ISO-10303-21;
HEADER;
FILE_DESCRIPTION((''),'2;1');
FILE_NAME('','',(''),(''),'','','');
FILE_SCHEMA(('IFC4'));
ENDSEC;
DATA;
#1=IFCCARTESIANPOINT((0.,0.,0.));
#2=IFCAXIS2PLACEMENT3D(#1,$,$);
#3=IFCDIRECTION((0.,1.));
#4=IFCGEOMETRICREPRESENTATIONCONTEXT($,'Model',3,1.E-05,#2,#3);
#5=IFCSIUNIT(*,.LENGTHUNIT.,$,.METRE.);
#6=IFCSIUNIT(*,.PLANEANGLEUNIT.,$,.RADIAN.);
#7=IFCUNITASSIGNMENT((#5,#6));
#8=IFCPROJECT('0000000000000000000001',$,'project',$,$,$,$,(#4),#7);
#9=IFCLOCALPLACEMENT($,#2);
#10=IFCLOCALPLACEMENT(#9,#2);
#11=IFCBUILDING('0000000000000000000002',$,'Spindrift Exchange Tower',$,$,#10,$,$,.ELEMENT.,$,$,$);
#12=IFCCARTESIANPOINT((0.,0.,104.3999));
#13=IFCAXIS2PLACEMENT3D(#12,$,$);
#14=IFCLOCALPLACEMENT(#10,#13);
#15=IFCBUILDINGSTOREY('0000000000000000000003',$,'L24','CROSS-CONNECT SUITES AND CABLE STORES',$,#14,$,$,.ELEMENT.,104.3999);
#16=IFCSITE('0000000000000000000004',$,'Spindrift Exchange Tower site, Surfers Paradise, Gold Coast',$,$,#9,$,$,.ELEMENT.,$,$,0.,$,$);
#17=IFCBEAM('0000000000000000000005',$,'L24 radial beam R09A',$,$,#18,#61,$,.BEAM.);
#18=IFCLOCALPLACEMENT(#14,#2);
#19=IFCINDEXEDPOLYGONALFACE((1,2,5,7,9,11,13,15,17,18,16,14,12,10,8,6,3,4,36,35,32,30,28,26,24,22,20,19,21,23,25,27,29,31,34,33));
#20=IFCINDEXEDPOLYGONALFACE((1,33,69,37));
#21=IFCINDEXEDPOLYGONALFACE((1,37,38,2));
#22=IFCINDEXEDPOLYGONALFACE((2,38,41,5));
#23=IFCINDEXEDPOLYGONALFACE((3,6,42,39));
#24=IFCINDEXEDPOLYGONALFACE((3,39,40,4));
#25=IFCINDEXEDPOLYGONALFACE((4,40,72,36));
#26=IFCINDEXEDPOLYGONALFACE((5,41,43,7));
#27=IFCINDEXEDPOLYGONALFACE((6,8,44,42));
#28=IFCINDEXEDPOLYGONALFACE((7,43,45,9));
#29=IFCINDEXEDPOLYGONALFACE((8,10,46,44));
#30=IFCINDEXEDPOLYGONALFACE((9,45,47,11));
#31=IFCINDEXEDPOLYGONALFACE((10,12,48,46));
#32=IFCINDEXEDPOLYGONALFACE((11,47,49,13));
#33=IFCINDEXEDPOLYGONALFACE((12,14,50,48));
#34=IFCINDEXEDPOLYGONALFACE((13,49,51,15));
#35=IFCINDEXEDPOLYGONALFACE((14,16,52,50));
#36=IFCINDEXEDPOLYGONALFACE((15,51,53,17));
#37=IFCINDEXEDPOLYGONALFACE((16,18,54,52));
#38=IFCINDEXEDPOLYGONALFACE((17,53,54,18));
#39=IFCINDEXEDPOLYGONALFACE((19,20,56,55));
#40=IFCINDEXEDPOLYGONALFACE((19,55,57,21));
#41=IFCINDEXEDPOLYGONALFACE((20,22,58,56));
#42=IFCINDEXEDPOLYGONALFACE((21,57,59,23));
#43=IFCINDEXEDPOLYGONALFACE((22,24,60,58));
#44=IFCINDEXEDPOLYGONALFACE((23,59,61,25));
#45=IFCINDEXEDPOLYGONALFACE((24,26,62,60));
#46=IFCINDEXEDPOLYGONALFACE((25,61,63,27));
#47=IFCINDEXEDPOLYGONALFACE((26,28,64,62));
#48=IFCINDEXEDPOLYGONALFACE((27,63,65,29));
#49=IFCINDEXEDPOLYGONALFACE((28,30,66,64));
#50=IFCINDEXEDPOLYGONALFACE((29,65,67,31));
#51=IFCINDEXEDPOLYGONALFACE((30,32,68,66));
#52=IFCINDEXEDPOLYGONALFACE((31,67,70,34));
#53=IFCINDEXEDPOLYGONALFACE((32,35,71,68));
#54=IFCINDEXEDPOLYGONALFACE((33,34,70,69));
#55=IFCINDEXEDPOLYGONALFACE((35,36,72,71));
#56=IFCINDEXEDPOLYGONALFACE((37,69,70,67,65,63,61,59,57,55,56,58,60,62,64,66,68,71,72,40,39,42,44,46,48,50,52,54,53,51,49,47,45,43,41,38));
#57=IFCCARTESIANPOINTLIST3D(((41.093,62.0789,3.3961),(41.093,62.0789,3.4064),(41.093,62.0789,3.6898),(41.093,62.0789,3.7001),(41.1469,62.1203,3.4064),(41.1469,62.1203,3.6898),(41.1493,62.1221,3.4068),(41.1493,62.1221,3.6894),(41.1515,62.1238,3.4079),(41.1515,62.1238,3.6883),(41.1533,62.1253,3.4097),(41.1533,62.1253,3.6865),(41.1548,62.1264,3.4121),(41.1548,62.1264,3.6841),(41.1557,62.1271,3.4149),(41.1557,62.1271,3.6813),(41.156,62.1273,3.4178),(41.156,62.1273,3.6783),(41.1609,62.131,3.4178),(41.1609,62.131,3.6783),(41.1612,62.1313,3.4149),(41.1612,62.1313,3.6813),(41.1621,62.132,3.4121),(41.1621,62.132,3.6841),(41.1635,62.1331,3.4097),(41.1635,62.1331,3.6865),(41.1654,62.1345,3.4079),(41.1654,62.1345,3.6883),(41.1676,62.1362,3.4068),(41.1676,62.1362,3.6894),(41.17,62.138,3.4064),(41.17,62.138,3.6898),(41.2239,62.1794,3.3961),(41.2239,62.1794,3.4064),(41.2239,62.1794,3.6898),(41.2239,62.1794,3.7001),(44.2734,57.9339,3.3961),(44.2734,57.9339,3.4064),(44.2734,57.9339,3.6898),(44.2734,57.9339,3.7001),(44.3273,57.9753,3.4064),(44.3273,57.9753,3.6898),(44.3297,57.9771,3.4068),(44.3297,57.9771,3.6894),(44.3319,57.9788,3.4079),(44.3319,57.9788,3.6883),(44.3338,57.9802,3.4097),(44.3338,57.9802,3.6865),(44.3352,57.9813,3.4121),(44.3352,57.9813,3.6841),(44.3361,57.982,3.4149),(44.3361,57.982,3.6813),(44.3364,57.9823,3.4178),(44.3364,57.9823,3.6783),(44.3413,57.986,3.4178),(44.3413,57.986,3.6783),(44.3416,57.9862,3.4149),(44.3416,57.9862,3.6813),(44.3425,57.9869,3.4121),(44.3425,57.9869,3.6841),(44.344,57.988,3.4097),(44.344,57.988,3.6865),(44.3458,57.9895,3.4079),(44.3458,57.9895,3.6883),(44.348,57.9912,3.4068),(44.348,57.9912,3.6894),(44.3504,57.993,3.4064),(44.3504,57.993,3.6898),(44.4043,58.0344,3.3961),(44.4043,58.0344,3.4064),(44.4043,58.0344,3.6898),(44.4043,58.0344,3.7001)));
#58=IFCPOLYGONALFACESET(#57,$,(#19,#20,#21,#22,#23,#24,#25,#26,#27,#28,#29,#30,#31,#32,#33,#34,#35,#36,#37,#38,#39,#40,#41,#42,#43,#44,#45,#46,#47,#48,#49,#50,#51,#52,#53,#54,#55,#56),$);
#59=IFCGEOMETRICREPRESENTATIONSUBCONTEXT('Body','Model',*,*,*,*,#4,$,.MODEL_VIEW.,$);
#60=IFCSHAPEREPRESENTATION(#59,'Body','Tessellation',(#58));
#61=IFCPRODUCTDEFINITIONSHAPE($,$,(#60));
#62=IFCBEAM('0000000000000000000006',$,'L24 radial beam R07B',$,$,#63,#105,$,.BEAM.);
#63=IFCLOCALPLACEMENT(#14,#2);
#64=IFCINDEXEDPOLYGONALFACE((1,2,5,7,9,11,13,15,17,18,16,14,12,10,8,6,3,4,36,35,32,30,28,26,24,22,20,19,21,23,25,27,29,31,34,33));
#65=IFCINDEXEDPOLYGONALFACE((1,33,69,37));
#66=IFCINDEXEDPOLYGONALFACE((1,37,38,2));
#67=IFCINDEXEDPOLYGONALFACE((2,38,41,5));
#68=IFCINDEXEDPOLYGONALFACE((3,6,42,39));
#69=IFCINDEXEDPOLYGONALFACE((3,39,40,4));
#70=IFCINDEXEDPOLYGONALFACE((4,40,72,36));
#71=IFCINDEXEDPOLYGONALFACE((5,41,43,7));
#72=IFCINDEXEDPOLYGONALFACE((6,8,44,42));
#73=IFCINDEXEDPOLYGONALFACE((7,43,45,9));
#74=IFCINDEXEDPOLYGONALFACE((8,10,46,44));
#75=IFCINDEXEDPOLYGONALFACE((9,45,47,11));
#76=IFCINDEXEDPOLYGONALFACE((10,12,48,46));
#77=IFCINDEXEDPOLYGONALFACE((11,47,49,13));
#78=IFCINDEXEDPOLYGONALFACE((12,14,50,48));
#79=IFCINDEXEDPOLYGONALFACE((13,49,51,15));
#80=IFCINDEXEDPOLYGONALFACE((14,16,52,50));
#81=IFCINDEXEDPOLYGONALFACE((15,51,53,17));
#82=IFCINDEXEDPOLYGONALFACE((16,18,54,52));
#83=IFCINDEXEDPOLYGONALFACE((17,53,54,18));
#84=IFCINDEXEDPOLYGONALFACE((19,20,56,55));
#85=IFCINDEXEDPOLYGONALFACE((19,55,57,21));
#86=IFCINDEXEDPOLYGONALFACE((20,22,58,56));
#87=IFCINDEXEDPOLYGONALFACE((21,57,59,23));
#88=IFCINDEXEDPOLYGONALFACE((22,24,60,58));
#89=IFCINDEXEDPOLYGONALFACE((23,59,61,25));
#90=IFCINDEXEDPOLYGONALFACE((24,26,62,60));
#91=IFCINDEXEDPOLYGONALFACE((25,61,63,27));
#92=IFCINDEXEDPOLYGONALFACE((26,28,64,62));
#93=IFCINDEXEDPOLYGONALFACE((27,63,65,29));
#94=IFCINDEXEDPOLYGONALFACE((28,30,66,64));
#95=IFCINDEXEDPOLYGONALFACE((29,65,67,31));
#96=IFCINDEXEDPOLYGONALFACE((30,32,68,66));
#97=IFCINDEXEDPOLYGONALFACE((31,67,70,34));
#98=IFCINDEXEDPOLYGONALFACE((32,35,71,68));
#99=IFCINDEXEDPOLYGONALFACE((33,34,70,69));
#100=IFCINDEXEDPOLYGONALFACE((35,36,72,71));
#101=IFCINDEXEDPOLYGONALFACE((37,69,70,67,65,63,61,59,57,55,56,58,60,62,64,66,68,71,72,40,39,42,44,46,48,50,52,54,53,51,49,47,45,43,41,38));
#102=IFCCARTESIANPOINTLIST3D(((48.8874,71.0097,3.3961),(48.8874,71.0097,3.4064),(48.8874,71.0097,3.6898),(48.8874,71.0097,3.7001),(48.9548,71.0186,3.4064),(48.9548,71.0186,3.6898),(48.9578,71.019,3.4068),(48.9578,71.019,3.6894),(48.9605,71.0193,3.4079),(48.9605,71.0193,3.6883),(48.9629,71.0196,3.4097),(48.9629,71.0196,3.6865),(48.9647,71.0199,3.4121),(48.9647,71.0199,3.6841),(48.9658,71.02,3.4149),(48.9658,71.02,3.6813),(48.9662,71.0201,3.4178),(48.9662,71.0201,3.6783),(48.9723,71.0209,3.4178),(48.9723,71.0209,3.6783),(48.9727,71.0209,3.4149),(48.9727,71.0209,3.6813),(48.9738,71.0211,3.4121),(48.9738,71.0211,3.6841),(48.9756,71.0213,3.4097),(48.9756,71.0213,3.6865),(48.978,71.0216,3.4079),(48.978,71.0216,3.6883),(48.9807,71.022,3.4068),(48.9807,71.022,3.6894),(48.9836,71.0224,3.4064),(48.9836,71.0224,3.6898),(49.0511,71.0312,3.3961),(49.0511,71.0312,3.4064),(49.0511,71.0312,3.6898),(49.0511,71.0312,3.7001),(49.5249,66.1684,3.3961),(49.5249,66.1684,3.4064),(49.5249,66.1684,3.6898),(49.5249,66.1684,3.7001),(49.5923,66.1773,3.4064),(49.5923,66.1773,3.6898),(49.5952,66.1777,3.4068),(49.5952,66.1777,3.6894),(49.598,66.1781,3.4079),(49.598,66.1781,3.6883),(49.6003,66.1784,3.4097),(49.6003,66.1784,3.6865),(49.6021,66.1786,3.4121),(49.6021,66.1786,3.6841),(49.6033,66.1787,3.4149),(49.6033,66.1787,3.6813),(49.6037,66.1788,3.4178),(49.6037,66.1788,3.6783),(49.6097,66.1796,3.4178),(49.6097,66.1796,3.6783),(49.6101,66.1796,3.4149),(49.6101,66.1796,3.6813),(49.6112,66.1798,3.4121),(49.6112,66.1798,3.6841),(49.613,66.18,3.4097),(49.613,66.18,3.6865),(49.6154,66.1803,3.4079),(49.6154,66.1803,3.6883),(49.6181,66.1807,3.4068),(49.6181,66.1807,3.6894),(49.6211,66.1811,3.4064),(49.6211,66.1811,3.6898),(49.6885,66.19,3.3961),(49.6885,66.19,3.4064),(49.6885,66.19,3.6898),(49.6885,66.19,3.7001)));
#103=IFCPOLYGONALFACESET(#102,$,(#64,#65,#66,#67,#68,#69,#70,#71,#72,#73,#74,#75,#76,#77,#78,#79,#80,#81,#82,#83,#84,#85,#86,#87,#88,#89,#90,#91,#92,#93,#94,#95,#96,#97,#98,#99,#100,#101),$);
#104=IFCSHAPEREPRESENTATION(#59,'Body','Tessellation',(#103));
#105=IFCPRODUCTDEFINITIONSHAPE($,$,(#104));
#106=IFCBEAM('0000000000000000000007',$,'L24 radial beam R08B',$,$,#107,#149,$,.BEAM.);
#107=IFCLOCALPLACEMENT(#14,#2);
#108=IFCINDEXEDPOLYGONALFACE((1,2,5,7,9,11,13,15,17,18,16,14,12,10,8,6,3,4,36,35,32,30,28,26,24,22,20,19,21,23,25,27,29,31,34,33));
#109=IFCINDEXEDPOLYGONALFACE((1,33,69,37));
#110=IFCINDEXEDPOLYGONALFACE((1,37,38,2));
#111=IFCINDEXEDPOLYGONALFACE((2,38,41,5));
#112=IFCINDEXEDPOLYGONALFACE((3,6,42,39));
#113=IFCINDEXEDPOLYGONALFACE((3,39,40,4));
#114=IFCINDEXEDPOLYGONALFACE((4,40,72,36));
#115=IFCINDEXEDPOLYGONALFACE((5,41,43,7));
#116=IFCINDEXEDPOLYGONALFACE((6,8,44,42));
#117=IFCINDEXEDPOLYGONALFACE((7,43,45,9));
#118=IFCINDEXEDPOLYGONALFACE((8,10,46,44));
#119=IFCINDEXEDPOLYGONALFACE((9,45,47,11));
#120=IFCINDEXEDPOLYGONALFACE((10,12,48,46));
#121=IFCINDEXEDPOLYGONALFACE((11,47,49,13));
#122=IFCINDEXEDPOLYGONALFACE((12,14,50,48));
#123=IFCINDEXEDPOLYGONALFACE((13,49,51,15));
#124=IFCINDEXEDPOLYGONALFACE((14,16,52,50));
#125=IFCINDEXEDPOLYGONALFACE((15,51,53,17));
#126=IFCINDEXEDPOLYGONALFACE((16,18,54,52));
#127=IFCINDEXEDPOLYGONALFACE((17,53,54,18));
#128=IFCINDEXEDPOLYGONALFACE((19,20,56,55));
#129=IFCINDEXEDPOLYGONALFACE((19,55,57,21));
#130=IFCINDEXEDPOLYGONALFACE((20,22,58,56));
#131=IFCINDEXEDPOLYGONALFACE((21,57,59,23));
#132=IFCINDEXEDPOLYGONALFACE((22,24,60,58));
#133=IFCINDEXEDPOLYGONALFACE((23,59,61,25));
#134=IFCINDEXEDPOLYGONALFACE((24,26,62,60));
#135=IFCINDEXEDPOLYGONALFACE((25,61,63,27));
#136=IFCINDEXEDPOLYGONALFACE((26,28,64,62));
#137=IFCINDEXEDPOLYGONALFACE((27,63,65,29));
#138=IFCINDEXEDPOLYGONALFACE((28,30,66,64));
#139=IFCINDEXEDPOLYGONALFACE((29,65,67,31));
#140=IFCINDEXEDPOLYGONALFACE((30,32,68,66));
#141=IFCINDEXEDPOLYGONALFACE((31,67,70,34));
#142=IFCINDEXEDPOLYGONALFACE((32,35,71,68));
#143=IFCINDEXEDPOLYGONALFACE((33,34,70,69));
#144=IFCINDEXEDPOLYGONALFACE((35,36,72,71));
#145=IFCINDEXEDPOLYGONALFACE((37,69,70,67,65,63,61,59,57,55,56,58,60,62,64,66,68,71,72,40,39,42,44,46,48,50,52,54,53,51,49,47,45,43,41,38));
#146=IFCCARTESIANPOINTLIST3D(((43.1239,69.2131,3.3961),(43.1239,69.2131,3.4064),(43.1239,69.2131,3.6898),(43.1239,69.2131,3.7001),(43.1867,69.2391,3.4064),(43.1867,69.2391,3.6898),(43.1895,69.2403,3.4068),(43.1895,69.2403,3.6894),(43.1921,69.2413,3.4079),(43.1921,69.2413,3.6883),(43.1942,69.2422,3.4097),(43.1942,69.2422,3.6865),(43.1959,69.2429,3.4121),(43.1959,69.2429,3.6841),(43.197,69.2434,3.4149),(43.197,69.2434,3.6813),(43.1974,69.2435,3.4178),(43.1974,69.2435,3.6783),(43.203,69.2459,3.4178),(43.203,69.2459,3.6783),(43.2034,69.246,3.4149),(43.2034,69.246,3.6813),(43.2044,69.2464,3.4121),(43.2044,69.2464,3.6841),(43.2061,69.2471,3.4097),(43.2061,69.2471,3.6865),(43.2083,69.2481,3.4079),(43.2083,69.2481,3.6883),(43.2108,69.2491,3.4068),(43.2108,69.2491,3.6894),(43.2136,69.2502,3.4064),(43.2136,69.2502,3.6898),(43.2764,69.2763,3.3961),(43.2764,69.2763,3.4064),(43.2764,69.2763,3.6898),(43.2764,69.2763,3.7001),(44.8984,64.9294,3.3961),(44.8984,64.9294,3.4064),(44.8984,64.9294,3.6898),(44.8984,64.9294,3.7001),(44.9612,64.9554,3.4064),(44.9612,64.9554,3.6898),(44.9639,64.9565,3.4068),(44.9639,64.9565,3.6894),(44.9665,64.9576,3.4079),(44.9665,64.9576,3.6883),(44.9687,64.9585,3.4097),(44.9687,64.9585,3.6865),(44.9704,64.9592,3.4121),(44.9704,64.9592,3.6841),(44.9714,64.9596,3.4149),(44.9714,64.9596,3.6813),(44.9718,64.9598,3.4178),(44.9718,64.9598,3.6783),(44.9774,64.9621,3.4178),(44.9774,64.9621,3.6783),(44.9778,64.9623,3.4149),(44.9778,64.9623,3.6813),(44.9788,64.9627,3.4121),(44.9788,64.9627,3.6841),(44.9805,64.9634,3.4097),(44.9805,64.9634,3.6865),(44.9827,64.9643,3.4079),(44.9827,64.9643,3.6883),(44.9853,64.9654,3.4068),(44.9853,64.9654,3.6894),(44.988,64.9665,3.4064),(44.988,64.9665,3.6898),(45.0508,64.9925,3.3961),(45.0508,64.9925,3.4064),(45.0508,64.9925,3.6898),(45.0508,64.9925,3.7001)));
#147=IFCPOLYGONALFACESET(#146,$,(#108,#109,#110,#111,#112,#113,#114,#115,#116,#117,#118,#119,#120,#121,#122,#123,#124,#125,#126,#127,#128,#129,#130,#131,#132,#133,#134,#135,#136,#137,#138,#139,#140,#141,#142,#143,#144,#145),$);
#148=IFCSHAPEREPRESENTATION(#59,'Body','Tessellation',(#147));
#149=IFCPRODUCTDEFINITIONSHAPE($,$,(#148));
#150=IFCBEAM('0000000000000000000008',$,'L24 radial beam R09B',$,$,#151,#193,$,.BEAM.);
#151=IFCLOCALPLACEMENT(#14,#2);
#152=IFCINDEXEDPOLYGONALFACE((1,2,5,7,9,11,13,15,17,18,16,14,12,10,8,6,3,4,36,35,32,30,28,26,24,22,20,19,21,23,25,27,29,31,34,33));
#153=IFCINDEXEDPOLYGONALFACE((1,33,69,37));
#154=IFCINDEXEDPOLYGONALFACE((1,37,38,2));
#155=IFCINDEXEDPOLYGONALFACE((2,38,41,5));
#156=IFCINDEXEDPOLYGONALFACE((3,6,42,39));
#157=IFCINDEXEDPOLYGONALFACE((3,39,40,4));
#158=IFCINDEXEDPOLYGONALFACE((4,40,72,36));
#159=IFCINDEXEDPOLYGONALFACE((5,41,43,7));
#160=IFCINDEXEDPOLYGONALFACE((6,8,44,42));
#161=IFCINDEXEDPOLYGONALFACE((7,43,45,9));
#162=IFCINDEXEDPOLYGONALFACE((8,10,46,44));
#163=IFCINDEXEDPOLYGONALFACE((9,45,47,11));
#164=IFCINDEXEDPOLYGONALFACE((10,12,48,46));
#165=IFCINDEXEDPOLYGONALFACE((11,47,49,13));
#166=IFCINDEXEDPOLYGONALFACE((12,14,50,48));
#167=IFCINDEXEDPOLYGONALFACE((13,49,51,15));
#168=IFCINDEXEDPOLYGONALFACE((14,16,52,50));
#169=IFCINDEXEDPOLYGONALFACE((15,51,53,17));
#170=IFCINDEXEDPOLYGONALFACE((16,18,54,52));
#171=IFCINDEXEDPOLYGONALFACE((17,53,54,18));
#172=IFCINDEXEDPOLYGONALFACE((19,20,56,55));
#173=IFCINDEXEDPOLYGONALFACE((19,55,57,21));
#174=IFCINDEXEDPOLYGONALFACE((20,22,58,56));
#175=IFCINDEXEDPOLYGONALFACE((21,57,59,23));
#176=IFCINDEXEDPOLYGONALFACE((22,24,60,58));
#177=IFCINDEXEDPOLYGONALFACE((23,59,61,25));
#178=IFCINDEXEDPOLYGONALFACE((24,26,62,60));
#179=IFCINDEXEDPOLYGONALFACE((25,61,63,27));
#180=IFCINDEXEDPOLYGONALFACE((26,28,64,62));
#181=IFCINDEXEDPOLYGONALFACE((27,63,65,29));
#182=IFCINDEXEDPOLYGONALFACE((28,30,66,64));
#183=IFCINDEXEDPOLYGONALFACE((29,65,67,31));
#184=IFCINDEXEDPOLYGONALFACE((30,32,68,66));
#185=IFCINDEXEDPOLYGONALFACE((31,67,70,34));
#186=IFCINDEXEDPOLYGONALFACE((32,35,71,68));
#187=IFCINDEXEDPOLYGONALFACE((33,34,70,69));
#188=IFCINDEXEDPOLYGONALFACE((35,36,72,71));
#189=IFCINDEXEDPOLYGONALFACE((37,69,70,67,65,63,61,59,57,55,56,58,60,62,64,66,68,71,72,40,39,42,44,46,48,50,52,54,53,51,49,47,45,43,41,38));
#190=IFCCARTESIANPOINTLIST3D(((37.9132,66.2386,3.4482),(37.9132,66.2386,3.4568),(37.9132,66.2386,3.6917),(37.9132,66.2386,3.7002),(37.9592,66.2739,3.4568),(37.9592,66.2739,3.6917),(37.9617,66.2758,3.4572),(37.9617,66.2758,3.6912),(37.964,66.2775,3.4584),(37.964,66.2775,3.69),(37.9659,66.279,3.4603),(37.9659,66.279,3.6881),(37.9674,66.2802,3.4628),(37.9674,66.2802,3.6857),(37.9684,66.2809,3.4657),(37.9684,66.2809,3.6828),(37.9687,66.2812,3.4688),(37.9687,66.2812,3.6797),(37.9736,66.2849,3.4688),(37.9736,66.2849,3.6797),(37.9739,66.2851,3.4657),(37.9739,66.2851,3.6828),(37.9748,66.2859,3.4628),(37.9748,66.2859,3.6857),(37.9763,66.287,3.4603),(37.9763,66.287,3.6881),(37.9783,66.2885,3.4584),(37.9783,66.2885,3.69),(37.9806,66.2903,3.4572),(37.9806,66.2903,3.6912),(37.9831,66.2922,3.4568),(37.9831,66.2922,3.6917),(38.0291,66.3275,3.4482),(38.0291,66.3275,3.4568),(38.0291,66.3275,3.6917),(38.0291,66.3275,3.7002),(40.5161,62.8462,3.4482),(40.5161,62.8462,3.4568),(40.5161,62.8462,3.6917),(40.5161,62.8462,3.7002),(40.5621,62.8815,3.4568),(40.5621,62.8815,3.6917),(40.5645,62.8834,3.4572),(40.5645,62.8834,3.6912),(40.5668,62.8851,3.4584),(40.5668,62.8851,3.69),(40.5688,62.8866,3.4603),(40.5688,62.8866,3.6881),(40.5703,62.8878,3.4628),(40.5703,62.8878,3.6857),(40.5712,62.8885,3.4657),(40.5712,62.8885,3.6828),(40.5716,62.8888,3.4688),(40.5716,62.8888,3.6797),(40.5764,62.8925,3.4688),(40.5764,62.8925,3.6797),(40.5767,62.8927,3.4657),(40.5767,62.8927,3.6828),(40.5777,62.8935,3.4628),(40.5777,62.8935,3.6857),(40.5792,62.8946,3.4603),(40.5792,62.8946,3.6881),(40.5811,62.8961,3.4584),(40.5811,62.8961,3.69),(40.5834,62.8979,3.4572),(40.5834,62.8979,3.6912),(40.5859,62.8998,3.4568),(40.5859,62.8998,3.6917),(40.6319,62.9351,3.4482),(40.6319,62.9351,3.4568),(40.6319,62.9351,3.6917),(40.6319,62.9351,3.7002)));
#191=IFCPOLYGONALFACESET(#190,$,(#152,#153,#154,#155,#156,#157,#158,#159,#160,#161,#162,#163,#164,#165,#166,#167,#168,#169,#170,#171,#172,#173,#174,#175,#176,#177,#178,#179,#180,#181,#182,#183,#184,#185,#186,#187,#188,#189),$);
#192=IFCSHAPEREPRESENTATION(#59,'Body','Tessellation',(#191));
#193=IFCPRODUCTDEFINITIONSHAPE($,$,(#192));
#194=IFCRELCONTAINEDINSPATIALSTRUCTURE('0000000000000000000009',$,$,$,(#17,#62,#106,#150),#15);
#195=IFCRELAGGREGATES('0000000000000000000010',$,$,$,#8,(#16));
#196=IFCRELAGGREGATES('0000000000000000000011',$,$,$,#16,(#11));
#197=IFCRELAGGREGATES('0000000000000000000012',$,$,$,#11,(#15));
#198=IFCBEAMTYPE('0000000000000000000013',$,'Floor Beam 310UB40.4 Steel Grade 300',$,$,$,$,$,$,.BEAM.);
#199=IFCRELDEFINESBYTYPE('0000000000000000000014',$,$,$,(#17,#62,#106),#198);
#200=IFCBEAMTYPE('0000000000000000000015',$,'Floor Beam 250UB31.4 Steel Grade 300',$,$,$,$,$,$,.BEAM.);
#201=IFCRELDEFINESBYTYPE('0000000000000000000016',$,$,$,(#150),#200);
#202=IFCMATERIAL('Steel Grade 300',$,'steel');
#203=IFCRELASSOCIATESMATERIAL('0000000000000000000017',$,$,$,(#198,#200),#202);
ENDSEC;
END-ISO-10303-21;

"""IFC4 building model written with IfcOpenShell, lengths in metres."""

from ifc_helpers import new_model, si_unit, direction, frame, origin, origin_2d, place, context, subcontext, project, spatial, i_section, extrude, source, transform, mapped, material, material_profile, profile_set, type_object, element, save


model = new_model("IFC4")

# Units and contexts
model_context = context("Model", 3, precision=1e-05, world=origin(), true_north=direction((0.0, 1.0)))
body_context = subcontext(model_context, "Body", "Model", "MODEL_VIEW")
ifc_project = project(units=[si_unit("LENGTHUNIT", "METRE"), si_unit("PLANEANGLEUNIT", "RADIAN")], contexts=[model_context])

# Site, building, storey
site_placement = place(None, origin())
site = spatial("IfcSite", under=ifc_project, at=site_placement, Name="Spindrift Exchange Tower site, Surfers Paradise, Gold Coast", CompositionType="ELEMENT", RefElevation=0.0)
building_placement = place(site_placement, origin())
building = spatial("IfcBuilding", under=site, at=building_placement, Name="Spindrift Exchange Tower", CompositionType="ELEMENT")
storey_placement = place(building_placement, frame((0.0, 0.0, 104.3999)))
storey = spatial("IfcBuildingStorey", under=building, at=storey_placement, Name="L24", Description="CROSS-CONNECT SUITES AND CABLE STORES", CompositionType="ELEMENT", Elevation=104.3999)

# Beams
ifc_material_1 = material(Name="Steel Grade 300", Category="steel")
ifc_material_profile_1 = material_profile(ifc_material_1, i_section(OverallWidth=0.165, OverallDepth=0.304, WebThickness=0.0061, FlangeThickness=0.0103, FilletRadius=0.0115, at=origin_2d()), Name="310UB40.4")
ifc_profile_set_1 = profile_set([ifc_material_profile_1], Name="Steel Grade 300")
beam_type_1 = type_object("IfcBeamType", Name="Floor Beam 310UB40.4 Steel Grade 300", PredefinedType="BEAM", material=ifc_profile_set_1)
shared_shape_1 = source(origin(), body_context, "Body", "SweptSolid", [
    extrude(i_section(OverallWidth=0.165, OverallDepth=0.304, WebThickness=0.0061, FlangeThickness=0.0103, FilletRadius=0.0115, at=origin_2d()), origin(), (0.0, 0.0, 1.0), 5.2246),
])
beam_1_placement = place(storey_placement, frame((44.3389, 57.9841, 3.5481), z_axis=(-0.608741, 0.793369, 0.0), x_axis=(-0.793369, -0.608741, 0.0)))
element("IfcBeam", 1, at=beam_1_placement, inside=storey, type_object=beam_type_1, Name="L24 radial beam R09A", PredefinedType="BEAM", context=body_context, shape_type="MappedRepresentation", body=[
    mapped(shared_shape_1, transform((0.0, 0.0, 0.0), scale=1.0)),
])
shared_shape_2 = source(origin(), body_context, "Body", "SweptSolid", [
    extrude(i_section(OverallWidth=0.165, OverallDepth=0.304, WebThickness=0.0061, FlangeThickness=0.0103, FilletRadius=0.0115, at=origin_2d()), origin(), (0.0, 0.0, 1.0), 4.8831),
])
beam_2_placement = place(storey_placement, frame((49.6067, 66.1792, 3.5481), z_axis=(-0.130542, 0.991443, 0.0), x_axis=(-0.991443, -0.130542, 0.0)))
element("IfcBeam", 2, at=beam_2_placement, inside=storey, type_object=beam_type_1, Name="L24 radial beam R07B", PredefinedType="BEAM", context=body_context, shape_type="MappedRepresentation", body=[
    mapped(shared_shape_2, transform((0.0, 0.0, 0.0), scale=1.0)),
])
shared_shape_3 = source(origin(), body_context, "Body", "SweptSolid", [
    extrude(i_section(OverallWidth=0.165, OverallDepth=0.304, WebThickness=0.0061, FlangeThickness=0.0103, FilletRadius=0.0115, at=origin_2d()), origin(), (0.0, 0.0, 1.0), 4.6367),
])
beam_3_placement = place(storey_placement, frame((44.9746, 64.9609, 3.5481), z_axis=(-0.382693, 0.923876, 0.0), x_axis=(-0.923876, -0.382693, 0.0)))
element("IfcBeam", 3, at=beam_3_placement, inside=storey, type_object=beam_type_1, Name="L24 radial beam R08B", PredefinedType="BEAM", context=body_context, shape_type="MappedRepresentation", body=[
    mapped(shared_shape_3, transform((0.0, 0.0, 0.0), scale=1.0)),
])
ifc_material_profile_2 = material_profile(ifc_material_1, i_section(OverallWidth=0.146, OverallDepth=0.252, WebThickness=0.0061, FlangeThickness=0.0085, FilletRadius=0.012, at=origin_2d()), Name="250UB31.4")
ifc_profile_set_2 = profile_set([ifc_material_profile_2], Name="Steel Grade 300")
beam_type_2 = type_object("IfcBeamType", Name="Floor Beam 250UB31.4 Steel Grade 300", PredefinedType="BEAM", material=ifc_profile_set_2)
shared_shape_4 = source(origin(), body_context, "Body", "SweptSolid", [
    extrude(i_section(OverallWidth=0.146, OverallDepth=0.252, WebThickness=0.0061, FlangeThickness=0.0085, FilletRadius=0.012, at=origin_2d()), origin(), (0.0, 0.0, 1.0), 4.2759),
])
beam_4_placement = place(storey_placement, frame((40.574, 62.8906, 3.5742), z_axis=(-0.608725, 0.793381, 0.0), x_axis=(-0.793381, -0.608725, 0.0)))
element("IfcBeam", 4, at=beam_4_placement, inside=storey, type_object=beam_type_2, Name="L24 radial beam R09B", PredefinedType="BEAM", context=body_context, shape_type="MappedRepresentation", body=[
    mapped(shared_shape_4, transform((0.0, 0.0, 0.0), scale=1.0)),
])

save(model, "model.ifc")
